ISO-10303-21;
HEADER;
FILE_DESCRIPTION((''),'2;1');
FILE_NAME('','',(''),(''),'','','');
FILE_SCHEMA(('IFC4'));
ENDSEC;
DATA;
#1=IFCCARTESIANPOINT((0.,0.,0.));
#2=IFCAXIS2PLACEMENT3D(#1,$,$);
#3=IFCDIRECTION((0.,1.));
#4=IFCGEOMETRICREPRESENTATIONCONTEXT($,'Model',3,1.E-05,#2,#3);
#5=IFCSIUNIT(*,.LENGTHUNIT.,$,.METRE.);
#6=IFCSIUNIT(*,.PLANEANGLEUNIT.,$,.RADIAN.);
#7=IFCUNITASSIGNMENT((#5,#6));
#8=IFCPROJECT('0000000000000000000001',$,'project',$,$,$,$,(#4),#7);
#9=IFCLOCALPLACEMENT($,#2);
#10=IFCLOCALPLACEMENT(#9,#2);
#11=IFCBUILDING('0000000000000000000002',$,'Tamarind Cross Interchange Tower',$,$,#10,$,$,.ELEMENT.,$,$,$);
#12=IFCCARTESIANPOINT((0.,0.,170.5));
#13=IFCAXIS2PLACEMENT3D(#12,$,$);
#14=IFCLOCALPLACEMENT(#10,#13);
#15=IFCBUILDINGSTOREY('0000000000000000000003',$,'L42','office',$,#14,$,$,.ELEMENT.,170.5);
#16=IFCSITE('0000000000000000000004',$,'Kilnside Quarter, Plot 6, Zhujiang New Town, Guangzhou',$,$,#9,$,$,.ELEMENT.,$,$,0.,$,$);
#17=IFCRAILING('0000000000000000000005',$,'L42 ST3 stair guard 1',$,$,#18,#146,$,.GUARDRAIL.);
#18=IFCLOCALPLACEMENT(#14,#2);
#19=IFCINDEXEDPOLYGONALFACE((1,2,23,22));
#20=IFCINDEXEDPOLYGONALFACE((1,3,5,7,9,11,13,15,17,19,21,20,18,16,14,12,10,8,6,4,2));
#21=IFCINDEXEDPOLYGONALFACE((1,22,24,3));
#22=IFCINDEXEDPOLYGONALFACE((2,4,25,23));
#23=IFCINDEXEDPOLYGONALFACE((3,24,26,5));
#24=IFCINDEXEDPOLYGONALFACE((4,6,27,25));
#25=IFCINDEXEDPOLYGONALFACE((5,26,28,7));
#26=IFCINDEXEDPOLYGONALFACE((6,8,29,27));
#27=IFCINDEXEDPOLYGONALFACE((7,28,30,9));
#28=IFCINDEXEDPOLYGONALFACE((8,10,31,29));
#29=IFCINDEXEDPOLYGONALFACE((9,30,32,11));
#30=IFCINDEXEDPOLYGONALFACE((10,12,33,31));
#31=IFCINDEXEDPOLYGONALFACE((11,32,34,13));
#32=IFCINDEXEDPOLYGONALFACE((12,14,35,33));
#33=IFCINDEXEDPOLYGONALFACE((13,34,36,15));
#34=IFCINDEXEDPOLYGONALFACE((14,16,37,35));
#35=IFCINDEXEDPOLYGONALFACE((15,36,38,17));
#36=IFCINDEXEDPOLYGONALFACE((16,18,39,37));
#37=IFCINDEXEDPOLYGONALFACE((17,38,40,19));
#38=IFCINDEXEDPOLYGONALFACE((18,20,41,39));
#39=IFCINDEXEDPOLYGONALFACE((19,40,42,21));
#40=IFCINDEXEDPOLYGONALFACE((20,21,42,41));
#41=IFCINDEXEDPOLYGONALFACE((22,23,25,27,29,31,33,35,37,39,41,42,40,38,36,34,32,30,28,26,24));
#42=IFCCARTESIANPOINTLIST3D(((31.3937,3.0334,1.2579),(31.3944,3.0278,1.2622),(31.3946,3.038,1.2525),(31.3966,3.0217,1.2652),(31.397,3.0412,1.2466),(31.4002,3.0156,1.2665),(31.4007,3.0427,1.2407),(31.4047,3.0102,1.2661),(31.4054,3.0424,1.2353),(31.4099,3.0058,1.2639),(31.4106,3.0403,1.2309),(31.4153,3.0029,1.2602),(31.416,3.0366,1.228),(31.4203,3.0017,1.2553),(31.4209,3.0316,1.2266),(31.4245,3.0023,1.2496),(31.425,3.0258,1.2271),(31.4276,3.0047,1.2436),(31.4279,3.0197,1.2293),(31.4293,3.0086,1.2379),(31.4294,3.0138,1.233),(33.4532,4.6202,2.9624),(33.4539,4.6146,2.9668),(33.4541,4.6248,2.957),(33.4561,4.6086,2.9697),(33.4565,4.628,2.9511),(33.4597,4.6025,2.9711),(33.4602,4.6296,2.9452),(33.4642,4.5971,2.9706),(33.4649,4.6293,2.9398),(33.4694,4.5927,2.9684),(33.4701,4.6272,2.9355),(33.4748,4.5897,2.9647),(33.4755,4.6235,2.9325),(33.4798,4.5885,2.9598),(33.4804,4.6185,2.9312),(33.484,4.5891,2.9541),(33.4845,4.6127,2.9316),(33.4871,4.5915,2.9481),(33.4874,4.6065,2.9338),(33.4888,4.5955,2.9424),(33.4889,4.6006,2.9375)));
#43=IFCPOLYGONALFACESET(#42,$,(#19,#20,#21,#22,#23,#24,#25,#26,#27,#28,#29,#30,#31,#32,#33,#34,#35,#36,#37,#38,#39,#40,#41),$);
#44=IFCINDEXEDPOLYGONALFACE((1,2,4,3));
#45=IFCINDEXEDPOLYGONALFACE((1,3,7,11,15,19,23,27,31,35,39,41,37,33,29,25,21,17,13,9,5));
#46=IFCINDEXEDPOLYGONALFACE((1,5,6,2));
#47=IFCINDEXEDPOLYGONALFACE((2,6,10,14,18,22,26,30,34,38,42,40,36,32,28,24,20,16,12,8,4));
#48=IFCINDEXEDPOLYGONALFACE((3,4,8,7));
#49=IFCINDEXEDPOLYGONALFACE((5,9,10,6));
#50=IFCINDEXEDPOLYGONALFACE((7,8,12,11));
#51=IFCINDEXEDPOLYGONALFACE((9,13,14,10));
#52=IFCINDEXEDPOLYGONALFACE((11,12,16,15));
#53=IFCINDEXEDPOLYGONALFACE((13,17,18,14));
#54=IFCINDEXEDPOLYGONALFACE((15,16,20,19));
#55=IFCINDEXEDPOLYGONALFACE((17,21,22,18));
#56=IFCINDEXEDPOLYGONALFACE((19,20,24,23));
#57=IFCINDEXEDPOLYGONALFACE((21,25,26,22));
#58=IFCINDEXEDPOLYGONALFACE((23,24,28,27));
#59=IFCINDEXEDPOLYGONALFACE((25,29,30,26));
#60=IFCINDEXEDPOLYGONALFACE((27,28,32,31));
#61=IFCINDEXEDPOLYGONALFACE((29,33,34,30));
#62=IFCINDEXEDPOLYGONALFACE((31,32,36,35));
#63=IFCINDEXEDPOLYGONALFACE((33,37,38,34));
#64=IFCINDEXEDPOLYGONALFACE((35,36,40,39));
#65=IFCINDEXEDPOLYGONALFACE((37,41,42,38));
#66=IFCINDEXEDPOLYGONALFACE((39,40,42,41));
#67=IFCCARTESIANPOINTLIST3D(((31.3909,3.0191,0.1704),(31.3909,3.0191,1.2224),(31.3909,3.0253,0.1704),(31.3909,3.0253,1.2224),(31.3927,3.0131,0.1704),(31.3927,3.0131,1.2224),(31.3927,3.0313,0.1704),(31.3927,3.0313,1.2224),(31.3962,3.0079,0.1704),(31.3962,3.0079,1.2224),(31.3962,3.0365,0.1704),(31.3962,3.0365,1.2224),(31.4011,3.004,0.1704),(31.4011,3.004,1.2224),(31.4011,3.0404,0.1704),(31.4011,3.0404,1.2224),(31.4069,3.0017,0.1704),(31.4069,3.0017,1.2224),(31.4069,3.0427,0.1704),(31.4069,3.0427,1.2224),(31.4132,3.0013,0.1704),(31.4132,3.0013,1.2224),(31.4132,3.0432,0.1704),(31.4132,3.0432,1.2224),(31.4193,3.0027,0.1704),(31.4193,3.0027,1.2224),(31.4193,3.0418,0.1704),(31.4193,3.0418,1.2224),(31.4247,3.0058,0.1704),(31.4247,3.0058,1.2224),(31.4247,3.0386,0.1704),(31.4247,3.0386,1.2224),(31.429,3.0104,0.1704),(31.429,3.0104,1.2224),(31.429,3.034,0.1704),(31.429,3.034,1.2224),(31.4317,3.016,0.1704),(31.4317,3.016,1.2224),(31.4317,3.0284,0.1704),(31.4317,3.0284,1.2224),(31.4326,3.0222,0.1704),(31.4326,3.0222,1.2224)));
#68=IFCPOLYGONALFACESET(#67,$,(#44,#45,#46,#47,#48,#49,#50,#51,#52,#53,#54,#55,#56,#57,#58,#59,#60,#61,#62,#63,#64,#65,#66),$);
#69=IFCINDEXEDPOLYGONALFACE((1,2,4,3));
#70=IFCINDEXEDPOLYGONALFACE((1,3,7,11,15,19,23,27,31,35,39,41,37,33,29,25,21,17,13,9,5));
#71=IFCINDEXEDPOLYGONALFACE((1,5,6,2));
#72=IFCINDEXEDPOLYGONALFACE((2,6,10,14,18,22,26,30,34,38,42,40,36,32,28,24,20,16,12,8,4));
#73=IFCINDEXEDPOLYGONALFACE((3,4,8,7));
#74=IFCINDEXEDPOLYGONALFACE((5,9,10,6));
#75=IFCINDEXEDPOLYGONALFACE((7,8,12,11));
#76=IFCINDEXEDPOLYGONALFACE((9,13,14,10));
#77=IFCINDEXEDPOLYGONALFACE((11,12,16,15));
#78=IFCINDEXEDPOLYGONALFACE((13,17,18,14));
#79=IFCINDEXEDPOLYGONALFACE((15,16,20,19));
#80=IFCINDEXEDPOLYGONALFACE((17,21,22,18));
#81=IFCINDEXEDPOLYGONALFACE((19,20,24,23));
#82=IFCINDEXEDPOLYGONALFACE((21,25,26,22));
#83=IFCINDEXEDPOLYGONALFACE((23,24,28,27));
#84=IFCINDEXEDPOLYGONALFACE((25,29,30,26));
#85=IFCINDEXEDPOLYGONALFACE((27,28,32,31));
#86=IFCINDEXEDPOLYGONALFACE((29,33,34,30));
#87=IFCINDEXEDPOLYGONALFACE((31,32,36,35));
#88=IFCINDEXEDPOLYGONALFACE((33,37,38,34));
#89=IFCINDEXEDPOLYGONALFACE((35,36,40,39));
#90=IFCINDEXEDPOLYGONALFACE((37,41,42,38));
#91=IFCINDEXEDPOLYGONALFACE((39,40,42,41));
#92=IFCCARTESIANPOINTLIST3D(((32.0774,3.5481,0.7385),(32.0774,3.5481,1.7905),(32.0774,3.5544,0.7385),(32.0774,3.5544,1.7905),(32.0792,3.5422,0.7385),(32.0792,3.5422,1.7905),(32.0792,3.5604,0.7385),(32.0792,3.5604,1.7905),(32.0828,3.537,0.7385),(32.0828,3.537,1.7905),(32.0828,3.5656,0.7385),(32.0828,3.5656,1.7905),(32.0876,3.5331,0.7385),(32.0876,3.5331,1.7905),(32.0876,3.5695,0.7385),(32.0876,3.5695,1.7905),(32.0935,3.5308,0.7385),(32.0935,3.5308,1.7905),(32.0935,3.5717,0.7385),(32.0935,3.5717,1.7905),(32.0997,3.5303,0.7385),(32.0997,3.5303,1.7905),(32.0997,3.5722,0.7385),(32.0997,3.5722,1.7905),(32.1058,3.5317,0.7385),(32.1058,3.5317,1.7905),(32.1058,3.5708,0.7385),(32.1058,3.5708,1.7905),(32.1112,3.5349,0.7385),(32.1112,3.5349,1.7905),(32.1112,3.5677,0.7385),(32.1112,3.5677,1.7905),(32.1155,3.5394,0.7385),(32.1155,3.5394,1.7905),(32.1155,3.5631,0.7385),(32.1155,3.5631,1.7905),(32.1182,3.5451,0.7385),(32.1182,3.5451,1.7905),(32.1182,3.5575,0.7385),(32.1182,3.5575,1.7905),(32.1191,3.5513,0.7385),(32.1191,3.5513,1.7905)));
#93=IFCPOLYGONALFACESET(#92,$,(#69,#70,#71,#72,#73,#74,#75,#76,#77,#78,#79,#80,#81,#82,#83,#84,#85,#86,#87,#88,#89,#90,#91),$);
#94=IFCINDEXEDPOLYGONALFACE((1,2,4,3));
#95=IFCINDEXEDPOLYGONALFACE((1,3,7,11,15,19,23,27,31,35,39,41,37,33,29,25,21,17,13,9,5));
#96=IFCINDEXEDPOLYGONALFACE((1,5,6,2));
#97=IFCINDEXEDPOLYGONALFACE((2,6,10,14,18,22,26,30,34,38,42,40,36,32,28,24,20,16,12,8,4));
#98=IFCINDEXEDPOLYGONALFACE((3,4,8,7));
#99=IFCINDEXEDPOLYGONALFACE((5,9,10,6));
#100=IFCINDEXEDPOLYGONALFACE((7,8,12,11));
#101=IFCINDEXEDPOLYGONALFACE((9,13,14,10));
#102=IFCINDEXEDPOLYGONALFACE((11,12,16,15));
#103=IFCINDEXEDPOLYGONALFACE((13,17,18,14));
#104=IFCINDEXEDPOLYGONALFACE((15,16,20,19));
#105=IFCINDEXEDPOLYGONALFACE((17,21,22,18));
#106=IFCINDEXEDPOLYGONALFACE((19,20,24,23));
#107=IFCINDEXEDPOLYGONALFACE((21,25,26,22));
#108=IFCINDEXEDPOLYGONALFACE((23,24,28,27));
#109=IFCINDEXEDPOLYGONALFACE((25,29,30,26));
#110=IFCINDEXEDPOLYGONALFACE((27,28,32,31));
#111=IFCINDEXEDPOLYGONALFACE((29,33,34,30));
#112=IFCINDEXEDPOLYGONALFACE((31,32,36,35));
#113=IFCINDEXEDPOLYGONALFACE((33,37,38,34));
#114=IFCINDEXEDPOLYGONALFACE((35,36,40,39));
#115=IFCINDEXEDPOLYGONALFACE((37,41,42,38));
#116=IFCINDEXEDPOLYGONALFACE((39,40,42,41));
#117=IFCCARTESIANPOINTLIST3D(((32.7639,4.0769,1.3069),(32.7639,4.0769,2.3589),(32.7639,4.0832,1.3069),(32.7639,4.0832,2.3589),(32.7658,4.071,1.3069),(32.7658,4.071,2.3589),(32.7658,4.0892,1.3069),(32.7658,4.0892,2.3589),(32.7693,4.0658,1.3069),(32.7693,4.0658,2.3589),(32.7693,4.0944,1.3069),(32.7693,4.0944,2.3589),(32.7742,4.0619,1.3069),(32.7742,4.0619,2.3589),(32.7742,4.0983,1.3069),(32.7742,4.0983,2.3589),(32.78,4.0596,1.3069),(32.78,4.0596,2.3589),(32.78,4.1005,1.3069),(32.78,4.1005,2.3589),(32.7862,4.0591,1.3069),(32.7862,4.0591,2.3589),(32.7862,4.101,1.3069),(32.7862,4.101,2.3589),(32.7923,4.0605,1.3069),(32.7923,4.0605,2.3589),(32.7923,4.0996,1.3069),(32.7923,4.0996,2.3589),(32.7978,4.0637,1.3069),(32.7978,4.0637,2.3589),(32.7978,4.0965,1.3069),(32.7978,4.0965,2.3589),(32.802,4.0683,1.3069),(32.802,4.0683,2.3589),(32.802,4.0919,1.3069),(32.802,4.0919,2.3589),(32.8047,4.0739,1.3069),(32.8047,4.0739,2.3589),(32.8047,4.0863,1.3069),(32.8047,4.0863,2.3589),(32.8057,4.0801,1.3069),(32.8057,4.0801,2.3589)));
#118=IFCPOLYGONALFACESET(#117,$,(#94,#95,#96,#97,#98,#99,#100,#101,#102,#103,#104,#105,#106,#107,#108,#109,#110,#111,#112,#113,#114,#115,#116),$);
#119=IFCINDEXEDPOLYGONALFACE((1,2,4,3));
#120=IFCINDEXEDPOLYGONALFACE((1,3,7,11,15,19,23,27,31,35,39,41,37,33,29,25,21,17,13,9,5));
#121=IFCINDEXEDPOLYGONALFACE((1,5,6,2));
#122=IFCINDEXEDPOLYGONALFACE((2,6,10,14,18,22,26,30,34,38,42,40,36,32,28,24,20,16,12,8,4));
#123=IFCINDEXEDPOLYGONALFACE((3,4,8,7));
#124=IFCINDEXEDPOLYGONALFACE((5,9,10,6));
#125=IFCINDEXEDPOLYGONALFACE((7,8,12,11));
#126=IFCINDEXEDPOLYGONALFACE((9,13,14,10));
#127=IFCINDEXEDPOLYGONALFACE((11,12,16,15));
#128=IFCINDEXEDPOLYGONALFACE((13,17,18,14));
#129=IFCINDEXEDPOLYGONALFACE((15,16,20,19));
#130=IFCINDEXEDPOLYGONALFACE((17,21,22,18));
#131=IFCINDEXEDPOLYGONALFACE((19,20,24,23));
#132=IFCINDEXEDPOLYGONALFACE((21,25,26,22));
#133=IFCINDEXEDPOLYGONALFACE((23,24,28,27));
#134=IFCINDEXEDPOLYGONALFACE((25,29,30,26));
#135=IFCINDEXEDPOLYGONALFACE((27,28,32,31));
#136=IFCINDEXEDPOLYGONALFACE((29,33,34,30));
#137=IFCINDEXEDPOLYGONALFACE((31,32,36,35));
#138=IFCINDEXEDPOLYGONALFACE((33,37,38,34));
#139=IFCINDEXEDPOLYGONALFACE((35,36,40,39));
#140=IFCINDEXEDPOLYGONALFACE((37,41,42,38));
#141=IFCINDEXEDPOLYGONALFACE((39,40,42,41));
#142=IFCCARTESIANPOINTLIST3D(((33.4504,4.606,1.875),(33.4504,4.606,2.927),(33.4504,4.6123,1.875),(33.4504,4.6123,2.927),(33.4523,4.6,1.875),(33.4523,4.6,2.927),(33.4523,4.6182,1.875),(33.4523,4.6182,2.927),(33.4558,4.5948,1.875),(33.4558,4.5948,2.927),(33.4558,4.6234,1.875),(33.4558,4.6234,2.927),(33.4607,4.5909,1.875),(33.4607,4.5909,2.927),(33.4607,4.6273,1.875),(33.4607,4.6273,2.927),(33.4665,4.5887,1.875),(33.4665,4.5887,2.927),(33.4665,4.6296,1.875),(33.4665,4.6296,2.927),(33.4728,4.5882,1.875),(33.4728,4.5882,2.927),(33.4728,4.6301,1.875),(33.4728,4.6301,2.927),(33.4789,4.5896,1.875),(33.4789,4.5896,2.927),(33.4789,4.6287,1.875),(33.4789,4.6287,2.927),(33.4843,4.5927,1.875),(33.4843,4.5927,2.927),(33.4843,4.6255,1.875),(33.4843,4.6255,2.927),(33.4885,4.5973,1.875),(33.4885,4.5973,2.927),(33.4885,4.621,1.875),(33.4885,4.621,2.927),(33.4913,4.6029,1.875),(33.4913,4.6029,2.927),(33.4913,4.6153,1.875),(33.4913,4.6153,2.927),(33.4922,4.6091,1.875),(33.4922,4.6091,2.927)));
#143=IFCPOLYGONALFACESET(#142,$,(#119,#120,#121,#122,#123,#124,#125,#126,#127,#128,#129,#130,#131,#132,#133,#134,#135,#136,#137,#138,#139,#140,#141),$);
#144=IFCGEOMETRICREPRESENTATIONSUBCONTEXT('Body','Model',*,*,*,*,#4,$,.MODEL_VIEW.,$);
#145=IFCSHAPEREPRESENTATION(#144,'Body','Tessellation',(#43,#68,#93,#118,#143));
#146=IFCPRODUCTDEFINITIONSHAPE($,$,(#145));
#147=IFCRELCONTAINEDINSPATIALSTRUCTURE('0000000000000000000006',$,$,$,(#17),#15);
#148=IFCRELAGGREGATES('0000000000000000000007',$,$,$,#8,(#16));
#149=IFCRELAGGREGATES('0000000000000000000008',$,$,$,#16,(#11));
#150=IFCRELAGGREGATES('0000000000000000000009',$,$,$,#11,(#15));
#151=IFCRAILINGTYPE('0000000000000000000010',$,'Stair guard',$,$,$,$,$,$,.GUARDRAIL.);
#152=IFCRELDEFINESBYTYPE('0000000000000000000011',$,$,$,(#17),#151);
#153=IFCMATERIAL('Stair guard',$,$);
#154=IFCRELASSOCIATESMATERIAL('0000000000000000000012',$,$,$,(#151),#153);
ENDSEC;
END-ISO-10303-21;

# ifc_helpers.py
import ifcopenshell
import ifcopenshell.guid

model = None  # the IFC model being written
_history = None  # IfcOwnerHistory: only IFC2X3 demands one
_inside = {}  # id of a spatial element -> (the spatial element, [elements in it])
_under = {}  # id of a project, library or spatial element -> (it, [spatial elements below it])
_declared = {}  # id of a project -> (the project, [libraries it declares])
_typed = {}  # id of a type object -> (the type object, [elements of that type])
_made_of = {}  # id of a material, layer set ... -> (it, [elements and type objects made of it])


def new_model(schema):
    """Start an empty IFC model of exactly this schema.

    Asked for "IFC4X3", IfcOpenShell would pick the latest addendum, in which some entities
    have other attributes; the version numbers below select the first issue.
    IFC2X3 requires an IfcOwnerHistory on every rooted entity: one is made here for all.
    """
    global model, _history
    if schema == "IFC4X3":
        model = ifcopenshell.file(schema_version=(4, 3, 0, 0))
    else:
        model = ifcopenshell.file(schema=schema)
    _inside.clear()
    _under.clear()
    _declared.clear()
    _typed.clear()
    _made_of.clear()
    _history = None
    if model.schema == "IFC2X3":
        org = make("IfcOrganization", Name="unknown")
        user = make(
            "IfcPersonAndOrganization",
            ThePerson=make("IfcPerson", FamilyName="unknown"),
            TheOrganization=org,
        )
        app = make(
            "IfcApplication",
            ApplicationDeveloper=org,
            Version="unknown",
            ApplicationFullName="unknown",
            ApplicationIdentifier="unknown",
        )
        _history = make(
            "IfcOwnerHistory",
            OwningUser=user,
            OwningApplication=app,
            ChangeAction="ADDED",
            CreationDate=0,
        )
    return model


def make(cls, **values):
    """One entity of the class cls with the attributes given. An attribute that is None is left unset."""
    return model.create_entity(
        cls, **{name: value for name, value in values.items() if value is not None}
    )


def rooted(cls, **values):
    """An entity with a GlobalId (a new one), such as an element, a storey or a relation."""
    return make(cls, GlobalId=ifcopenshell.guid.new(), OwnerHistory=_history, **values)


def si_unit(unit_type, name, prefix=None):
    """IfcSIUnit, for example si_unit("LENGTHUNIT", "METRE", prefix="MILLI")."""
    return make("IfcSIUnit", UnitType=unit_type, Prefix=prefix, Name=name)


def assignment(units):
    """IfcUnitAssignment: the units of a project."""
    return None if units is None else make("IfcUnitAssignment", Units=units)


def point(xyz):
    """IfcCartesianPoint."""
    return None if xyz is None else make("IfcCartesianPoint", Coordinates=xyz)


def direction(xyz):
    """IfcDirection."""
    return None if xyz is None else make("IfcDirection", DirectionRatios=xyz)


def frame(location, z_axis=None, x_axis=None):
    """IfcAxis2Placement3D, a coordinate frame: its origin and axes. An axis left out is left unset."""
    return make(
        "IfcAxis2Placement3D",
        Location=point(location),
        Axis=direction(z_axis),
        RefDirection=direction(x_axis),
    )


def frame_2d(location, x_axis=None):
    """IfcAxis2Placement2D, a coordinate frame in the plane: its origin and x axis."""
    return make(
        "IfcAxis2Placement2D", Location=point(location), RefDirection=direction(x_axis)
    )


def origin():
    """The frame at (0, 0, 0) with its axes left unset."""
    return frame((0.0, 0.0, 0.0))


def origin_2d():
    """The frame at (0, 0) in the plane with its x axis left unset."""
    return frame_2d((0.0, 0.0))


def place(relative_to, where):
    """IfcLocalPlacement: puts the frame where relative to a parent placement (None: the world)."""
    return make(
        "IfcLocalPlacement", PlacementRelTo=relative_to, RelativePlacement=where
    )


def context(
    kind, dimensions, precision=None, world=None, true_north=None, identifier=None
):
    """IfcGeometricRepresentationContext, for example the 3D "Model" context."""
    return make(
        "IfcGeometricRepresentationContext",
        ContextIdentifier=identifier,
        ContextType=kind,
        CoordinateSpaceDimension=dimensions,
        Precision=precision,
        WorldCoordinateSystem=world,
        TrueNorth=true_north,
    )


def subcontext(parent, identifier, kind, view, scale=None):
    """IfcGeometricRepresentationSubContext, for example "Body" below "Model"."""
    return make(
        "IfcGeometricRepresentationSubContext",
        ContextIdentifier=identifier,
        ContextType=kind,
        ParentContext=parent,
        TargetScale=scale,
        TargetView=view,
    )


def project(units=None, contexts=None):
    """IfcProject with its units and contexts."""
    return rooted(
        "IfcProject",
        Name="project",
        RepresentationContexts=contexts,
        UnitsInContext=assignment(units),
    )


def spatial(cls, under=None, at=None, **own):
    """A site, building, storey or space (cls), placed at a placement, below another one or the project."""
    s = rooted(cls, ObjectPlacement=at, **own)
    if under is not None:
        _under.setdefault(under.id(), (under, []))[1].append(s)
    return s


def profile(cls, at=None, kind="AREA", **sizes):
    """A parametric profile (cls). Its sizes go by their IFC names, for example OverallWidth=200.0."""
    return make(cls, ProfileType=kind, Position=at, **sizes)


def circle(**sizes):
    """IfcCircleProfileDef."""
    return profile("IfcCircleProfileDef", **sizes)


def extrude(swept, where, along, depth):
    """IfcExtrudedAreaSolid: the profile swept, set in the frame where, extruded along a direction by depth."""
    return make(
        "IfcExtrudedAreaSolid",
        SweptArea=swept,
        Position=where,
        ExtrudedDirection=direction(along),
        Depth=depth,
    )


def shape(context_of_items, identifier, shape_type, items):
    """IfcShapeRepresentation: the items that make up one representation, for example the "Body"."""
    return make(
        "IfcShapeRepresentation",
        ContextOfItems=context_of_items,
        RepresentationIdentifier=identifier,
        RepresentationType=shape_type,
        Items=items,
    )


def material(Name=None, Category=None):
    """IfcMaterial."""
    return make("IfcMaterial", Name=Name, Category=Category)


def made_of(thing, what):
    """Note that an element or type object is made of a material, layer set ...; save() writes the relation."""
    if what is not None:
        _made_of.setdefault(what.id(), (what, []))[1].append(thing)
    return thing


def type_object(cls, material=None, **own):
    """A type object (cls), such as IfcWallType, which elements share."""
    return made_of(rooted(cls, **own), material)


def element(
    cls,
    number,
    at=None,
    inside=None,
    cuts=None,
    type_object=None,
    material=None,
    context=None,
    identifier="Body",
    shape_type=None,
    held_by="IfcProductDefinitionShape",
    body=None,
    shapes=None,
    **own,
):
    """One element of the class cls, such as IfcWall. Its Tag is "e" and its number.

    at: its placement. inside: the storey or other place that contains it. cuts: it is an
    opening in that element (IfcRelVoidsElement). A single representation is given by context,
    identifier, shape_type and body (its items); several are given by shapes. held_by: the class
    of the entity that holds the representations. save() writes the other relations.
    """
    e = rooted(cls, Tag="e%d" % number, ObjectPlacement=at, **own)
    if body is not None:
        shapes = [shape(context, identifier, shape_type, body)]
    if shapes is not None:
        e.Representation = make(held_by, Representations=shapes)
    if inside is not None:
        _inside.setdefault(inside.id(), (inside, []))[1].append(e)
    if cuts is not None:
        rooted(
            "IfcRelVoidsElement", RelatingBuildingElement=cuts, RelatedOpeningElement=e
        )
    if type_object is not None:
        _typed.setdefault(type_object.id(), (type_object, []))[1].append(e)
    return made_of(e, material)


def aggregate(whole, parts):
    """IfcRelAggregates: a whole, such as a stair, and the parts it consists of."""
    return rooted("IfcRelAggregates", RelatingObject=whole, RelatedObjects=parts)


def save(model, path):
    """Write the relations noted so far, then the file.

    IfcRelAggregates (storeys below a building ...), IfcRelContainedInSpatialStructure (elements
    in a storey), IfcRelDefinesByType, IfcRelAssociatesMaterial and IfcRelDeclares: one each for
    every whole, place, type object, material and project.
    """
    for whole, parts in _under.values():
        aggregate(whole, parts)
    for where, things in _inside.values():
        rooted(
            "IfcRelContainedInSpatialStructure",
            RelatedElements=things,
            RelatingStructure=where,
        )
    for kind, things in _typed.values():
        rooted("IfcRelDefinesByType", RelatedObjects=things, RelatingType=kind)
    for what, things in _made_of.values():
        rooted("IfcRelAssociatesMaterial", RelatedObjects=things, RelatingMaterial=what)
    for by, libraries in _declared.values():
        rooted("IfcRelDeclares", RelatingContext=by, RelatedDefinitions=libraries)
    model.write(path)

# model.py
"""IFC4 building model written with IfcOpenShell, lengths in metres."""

from ifc_helpers import new_model, si_unit, direction, frame, origin, origin_2d, place, context, subcontext, project, spatial, circle, extrude, material, type_object, element, save


model = new_model("IFC4")

# Units and contexts
model_context = context("Model", 3, precision=1e-05, world=origin(), true_north=direction((0.0, 1.0)))
body_context = subcontext(model_context, "Body", "Model", "MODEL_VIEW")
ifc_project = project(units=[si_unit("LENGTHUNIT", "METRE"), si_unit("PLANEANGLEUNIT", "RADIAN")], contexts=[model_context])

# Site, building, storey
site_placement = place(None, origin())
site = spatial("IfcSite", under=ifc_project, at=site_placement, Name="Kilnside Quarter, Plot 6, Zhujiang New Town, Guangzhou", CompositionType="ELEMENT", RefElevation=0.0)
building_placement = place(site_placement, origin())
building = spatial("IfcBuilding", under=site, at=building_placement, Name="Tamarind Cross Interchange Tower", CompositionType="ELEMENT")
storey_placement = place(building_placement, frame((0.0, 0.0, 170.5)))
storey = spatial("IfcBuildingStorey", under=building, at=storey_placement, Name="L42", Description="office", CompositionType="ELEMENT", Elevation=170.5)

# Railing
ifc_material_1 = material(Name="Stair guard")
railing_type = type_object("IfcRailingType", Name="Stair guard", PredefinedType="GUARDRAIL", material=ifc_material_1)
railing_1_placement = place(storey_placement, frame((31.4116, 3.0222, 0.1704)))
element("IfcRailing", 1, at=railing_1_placement, inside=storey, type_object=railing_type, Name="L42 ST3 stair guard 1", PredefinedType="GUARDRAIL", context=body_context, shape_type="SweptSolid", body=[
    extrude(circle(Radius=0.0239, at=origin_2d()), frame((0.0, 0.0, 1.0762), z_axis=(0.662459, 0.510429, 0.54828), x_axis=(-0.610346, 0.792135, 0.0)), (0.0, 0.0, 1.0), 3.1089),
    extrude(circle(Radius=0.021, at=origin_2d()), origin(), (0.0, 0.0, 1.0), 1.052),
    extrude(circle(Radius=0.021, at=origin_2d()), frame((0.6865, 0.5291, 0.5681)), (0.0, 0.0, 1.0), 1.052),
    extrude(circle(Radius=0.021, at=origin_2d()), frame((1.373, 1.0579, 1.1365)), (0.0, 0.0, 1.0), 1.052),
    extrude(circle(Radius=0.021, at=origin_2d()), frame((2.0596, 1.5869, 1.7046)), (0.0, 0.0, 1.0), 1.052),
])

save(model, "model.ifc")
